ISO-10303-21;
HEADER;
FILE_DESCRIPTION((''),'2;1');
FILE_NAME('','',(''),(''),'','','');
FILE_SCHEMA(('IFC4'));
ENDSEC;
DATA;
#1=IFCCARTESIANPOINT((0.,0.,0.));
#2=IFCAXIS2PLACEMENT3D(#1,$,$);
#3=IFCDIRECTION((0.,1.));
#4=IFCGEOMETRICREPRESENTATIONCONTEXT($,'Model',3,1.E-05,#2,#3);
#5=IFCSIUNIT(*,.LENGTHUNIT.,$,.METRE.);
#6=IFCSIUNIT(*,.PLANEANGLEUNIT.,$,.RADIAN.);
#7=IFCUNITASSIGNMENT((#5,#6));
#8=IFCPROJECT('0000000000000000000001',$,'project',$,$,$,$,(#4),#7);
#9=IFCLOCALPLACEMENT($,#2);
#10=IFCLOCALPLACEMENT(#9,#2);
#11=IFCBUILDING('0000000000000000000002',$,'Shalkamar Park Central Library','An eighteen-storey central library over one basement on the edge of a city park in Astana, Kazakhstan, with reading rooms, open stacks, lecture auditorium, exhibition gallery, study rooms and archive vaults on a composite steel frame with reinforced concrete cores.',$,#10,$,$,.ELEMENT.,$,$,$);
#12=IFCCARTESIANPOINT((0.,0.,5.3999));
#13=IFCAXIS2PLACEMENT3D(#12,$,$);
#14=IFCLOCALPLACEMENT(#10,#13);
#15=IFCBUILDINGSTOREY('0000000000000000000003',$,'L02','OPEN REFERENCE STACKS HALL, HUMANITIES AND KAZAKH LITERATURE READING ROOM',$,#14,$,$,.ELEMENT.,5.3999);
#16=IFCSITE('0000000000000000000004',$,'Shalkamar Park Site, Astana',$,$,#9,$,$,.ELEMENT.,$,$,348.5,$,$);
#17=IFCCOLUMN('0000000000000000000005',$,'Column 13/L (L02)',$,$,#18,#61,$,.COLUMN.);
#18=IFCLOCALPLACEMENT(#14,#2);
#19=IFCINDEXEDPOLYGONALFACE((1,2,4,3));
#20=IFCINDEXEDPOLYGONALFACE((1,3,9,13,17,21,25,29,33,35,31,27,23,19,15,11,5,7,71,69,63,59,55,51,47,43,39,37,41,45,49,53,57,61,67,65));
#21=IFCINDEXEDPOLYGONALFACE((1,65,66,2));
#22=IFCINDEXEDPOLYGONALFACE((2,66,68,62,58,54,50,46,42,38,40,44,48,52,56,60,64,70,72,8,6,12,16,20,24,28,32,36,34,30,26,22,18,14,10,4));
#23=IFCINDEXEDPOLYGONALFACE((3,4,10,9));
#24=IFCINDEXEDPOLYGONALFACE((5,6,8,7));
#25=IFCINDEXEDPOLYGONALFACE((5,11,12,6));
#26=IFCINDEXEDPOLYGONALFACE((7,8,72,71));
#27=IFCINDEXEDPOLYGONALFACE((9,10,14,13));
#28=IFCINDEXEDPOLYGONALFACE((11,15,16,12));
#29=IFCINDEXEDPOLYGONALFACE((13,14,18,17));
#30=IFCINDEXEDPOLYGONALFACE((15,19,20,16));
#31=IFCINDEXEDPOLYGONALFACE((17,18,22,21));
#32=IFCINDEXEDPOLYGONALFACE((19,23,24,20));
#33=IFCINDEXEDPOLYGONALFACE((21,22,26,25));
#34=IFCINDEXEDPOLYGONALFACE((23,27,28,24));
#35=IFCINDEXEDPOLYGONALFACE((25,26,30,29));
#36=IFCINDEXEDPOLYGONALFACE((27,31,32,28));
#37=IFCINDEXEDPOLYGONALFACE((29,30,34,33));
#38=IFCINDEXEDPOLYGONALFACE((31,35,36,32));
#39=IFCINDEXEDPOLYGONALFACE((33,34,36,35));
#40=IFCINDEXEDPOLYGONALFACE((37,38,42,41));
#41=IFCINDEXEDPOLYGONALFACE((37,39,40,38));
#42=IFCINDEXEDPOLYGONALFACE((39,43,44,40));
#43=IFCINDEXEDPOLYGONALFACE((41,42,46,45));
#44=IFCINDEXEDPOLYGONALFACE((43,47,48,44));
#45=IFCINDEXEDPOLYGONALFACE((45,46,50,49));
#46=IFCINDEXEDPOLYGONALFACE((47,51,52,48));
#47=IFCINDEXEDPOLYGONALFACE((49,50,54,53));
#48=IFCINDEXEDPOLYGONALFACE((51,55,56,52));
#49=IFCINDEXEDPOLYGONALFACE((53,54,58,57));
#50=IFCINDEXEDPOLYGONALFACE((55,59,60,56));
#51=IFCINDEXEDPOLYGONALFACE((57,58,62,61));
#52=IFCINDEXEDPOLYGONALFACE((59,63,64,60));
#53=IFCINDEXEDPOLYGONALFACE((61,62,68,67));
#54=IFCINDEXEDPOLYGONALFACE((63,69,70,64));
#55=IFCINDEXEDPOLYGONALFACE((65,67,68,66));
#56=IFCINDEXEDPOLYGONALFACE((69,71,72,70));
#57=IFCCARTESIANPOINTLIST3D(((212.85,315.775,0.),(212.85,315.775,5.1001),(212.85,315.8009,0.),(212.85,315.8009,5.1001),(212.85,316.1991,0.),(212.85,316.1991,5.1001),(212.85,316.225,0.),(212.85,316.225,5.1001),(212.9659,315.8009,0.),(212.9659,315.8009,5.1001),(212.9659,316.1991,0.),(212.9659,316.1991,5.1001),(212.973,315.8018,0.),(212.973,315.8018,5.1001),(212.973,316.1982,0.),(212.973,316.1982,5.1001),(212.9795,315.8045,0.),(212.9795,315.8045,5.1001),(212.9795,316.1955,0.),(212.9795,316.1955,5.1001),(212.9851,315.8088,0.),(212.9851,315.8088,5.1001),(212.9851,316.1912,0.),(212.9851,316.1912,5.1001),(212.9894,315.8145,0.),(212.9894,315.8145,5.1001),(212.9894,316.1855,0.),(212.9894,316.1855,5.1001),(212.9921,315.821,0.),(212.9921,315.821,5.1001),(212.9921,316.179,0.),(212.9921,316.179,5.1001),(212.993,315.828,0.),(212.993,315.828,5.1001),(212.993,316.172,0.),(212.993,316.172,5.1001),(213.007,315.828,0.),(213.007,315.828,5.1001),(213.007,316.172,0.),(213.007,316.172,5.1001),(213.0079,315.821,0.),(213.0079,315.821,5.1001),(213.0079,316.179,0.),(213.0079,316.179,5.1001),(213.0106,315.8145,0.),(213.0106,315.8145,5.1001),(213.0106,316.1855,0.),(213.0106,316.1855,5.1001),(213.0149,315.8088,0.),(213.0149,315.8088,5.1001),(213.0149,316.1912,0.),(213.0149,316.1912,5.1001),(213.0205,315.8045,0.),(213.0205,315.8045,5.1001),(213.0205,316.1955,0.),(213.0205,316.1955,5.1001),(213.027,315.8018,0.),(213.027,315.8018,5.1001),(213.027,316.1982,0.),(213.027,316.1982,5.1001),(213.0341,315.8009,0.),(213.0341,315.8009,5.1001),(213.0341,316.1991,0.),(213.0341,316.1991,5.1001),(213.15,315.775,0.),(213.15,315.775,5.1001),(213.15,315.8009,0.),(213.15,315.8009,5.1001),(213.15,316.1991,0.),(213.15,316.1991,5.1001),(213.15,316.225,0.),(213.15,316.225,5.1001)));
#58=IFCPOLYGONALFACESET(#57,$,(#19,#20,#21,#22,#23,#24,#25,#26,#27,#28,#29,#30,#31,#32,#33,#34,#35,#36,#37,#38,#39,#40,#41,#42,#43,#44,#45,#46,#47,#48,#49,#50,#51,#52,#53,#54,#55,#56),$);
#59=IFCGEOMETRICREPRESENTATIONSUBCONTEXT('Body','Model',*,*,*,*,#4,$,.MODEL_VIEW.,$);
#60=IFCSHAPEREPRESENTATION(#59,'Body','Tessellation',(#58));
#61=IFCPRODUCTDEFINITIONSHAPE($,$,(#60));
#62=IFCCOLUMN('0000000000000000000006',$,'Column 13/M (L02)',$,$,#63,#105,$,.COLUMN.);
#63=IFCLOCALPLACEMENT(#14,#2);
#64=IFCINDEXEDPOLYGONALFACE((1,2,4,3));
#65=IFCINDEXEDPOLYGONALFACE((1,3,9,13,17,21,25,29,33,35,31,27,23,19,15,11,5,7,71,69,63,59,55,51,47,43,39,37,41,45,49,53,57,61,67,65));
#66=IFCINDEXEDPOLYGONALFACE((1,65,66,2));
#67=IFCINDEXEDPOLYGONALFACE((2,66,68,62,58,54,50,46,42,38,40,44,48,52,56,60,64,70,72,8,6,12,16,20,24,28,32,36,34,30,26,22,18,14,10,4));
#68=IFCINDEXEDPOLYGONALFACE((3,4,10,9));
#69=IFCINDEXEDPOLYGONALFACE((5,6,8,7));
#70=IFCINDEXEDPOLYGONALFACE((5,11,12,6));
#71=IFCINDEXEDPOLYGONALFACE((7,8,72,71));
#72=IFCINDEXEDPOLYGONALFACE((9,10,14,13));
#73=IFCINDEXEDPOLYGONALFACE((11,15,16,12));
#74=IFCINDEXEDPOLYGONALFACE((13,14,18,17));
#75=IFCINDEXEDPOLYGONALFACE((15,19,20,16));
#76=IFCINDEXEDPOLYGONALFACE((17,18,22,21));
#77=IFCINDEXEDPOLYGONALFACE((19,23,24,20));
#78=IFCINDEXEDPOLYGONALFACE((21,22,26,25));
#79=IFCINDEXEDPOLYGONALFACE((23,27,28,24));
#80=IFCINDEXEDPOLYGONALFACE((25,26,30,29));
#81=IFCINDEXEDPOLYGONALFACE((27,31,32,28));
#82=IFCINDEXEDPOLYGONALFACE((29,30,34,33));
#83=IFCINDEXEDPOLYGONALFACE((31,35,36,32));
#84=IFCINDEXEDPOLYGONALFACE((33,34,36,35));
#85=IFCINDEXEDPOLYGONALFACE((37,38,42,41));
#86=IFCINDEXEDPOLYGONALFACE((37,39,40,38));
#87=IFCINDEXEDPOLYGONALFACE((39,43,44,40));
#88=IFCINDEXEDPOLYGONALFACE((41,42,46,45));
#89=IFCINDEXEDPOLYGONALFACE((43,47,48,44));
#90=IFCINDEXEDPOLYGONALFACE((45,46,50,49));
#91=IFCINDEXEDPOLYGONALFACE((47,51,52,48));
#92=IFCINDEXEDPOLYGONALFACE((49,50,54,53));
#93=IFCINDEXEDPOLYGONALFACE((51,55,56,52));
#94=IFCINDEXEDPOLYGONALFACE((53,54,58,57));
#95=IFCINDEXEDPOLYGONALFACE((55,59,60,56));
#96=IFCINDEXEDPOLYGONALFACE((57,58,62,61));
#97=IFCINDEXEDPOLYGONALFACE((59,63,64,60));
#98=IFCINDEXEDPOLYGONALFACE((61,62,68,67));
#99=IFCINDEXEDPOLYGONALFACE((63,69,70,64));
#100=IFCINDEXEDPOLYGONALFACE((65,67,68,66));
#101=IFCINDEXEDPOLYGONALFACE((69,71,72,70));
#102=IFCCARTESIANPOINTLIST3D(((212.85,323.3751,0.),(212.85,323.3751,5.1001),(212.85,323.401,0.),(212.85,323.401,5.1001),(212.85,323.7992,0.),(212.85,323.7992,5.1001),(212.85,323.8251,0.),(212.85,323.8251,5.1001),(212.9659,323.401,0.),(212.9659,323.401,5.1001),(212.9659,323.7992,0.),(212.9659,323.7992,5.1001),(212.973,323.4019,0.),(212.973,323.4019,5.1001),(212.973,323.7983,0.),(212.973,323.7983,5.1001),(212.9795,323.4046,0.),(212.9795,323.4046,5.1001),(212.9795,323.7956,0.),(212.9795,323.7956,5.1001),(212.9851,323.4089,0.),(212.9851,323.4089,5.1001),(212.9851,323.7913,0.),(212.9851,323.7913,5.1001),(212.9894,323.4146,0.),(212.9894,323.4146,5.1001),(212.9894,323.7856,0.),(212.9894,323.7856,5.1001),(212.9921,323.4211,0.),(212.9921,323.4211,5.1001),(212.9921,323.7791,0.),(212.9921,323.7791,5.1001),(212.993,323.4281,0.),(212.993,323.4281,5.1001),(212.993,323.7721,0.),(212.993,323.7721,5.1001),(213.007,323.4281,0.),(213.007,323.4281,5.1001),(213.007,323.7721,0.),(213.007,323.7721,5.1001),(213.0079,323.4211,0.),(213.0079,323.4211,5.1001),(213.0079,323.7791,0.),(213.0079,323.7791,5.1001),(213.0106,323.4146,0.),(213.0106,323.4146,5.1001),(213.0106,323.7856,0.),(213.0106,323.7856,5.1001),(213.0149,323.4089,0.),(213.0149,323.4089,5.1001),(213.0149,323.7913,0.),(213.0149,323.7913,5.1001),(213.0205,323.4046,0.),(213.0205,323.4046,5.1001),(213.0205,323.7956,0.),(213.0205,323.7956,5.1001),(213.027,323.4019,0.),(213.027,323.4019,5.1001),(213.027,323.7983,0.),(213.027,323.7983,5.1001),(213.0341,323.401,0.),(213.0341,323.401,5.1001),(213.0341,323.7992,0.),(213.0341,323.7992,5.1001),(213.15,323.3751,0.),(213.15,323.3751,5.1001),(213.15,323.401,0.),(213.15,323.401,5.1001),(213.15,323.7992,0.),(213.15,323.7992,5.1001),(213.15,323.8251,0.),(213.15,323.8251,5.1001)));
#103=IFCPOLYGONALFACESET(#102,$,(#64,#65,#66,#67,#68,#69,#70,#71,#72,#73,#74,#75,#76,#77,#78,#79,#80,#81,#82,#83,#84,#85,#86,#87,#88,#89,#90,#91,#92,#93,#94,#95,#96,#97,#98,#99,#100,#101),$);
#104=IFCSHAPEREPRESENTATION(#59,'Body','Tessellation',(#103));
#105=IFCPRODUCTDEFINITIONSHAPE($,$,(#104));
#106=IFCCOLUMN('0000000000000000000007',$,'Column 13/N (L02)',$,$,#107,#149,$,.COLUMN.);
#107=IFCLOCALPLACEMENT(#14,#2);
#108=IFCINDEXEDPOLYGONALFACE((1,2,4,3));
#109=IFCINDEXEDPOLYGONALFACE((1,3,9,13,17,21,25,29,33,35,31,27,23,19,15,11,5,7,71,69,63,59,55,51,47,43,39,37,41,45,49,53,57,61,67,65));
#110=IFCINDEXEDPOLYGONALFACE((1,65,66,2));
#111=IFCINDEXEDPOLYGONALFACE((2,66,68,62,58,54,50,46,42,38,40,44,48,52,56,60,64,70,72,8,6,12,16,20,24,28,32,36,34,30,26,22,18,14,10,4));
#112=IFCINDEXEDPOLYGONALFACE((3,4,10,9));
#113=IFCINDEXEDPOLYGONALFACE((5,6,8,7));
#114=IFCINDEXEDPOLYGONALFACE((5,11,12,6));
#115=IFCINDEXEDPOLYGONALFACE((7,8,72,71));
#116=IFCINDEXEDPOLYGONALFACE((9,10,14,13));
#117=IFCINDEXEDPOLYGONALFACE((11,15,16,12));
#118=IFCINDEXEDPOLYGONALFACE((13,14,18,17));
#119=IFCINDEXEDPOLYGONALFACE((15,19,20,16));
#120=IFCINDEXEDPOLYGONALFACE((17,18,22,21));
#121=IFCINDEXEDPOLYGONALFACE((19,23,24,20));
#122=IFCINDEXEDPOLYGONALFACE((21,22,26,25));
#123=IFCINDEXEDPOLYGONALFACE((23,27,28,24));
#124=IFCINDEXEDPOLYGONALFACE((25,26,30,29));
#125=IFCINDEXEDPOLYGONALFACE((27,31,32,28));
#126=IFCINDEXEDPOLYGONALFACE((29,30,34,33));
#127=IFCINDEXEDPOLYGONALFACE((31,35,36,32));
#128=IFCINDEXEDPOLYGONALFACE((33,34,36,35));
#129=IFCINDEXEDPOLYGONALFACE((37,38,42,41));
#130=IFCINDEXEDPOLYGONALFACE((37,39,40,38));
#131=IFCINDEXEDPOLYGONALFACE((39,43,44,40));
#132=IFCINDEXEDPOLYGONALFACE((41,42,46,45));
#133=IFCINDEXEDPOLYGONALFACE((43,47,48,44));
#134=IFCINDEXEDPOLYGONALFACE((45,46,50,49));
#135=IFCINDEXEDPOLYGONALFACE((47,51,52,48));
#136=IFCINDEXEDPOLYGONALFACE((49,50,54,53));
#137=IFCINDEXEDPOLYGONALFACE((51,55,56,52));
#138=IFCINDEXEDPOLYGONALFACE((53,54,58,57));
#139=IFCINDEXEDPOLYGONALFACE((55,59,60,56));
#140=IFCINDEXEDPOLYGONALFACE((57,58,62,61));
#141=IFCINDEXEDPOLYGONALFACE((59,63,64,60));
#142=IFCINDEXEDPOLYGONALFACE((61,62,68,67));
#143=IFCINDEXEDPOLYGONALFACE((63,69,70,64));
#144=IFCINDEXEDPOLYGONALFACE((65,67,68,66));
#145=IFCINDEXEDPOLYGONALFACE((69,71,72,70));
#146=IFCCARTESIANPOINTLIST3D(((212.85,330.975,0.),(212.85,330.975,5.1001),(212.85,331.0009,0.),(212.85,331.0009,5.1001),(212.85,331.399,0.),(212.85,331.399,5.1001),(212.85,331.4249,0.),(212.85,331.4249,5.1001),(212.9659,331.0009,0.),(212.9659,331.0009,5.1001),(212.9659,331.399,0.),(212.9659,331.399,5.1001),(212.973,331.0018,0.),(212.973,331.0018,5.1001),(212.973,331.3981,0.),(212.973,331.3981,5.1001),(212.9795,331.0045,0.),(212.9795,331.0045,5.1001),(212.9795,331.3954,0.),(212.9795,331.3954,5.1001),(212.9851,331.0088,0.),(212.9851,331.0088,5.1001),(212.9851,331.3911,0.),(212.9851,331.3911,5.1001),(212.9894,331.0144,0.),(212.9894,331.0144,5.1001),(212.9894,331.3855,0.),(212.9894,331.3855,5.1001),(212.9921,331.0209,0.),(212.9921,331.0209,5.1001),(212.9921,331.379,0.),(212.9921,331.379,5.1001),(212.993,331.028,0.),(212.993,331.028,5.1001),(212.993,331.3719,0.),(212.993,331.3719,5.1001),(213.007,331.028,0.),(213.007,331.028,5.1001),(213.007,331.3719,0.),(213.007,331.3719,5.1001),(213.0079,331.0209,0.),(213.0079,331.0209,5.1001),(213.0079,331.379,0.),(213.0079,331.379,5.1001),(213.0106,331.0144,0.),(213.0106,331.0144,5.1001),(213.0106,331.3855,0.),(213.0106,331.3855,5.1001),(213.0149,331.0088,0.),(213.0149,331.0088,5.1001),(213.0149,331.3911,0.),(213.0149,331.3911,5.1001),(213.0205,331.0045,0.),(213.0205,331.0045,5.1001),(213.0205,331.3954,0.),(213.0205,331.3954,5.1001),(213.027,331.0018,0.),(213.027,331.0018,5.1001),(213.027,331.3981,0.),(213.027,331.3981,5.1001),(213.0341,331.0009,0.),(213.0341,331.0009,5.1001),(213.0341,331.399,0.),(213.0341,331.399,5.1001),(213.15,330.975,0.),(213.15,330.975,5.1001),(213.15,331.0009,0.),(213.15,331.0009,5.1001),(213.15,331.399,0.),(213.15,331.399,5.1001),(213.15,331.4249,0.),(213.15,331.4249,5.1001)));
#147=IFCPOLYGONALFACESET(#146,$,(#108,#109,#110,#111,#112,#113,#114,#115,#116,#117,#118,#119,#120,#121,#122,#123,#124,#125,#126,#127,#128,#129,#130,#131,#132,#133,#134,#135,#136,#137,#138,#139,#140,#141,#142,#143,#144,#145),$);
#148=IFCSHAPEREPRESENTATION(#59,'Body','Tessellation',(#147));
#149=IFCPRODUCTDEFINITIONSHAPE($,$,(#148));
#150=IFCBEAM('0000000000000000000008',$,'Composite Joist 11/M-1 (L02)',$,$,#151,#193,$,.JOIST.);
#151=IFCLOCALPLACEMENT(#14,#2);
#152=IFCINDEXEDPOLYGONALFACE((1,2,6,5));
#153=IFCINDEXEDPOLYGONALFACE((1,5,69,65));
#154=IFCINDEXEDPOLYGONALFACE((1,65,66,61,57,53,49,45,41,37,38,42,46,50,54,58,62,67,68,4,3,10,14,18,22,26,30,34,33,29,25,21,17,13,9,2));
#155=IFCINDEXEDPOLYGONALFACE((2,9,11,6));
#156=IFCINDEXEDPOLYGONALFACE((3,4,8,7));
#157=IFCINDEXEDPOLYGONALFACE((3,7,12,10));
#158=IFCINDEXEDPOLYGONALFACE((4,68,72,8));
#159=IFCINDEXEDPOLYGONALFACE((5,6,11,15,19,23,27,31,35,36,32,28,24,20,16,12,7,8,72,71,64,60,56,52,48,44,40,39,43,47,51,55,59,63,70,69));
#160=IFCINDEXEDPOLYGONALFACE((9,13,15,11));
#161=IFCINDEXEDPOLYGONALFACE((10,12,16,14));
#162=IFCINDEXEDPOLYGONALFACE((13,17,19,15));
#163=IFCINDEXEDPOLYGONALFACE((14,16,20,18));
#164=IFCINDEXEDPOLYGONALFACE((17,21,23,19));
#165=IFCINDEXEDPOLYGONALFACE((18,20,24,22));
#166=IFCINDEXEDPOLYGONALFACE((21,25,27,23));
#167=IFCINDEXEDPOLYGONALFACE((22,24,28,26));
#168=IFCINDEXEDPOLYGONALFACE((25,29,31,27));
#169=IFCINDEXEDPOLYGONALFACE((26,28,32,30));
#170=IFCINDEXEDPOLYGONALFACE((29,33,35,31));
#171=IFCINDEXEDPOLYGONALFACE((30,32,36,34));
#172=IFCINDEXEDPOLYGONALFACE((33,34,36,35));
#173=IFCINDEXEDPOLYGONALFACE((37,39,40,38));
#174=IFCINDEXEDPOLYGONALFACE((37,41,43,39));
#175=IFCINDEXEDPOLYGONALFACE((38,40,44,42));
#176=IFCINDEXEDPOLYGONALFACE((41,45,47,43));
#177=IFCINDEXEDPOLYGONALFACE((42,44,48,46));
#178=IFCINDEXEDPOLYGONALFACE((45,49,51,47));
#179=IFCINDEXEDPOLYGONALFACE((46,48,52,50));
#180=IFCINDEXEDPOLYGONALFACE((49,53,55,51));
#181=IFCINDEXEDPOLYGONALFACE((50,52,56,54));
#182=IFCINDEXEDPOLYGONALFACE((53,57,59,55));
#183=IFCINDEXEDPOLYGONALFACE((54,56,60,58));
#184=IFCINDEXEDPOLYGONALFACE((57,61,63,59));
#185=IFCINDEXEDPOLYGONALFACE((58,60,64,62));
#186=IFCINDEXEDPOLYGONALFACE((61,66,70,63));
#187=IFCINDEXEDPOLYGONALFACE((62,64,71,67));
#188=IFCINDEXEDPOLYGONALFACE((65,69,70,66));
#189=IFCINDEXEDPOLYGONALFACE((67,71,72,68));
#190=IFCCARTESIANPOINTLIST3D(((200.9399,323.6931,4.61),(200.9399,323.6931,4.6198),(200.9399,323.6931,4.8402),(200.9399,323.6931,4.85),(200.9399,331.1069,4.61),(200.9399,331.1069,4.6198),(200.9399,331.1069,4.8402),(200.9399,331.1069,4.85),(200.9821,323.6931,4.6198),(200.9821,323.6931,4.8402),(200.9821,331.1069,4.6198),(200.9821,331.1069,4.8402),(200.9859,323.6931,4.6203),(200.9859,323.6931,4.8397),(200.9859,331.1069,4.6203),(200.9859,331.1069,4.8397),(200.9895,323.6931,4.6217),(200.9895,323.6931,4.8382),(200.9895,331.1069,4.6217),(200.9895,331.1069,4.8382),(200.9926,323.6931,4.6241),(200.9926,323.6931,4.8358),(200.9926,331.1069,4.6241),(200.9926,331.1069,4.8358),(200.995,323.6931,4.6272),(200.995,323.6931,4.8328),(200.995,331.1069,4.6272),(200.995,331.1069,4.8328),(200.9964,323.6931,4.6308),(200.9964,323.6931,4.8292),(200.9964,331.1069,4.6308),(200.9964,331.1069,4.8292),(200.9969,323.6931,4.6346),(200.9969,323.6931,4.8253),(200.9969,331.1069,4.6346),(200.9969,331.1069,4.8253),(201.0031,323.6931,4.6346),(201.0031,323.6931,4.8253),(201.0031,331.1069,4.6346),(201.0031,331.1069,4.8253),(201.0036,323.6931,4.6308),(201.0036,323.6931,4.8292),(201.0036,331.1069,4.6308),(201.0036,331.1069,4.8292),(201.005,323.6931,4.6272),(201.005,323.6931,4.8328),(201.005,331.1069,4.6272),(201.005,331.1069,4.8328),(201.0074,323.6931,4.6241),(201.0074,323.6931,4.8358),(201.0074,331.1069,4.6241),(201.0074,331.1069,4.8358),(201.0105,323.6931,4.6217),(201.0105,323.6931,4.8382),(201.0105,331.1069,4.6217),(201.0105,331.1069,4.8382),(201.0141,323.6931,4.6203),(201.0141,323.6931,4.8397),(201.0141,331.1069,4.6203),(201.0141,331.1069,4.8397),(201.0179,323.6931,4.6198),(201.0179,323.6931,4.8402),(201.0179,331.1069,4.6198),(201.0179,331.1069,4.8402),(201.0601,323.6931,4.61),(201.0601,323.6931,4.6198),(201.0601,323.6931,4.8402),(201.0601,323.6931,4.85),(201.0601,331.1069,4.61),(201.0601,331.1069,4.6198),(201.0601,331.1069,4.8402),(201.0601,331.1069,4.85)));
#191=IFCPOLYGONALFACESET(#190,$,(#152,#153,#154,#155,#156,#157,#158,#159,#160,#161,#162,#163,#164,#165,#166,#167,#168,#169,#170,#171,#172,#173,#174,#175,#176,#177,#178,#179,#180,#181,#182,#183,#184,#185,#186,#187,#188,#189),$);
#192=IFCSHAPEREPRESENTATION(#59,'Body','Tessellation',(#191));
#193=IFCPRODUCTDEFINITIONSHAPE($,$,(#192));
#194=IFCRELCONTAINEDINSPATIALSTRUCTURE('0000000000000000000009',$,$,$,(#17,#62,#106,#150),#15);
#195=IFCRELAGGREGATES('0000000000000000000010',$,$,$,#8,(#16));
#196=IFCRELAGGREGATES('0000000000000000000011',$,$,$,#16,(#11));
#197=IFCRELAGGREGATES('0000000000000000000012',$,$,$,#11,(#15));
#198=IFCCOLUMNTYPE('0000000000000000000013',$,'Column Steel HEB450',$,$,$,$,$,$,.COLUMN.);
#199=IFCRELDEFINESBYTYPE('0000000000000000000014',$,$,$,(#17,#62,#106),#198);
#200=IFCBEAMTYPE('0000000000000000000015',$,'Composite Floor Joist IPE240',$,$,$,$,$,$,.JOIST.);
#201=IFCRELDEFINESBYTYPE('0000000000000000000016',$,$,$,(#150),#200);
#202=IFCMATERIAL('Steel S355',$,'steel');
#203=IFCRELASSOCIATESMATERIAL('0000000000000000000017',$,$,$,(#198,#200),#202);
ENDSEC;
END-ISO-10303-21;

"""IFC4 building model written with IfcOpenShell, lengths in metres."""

from ifc_helpers import new_model, si_unit, direction, frame, origin, origin_2d, place, context, subcontext, project, spatial, i_section, extrude, material, material_profile, profile_set, type_object, element, save


model = new_model("IFC4")

# Units and contexts
model_context = context("Model", 3, precision=1e-05, world=origin(), true_north=direction((0.0, 1.0)))
body_context = subcontext(model_context, "Body", "Model", "MODEL_VIEW")
ifc_project = project(units=[si_unit("LENGTHUNIT", "METRE"), si_unit("PLANEANGLEUNIT", "RADIAN")], contexts=[model_context])

# Site, building, storey
site_placement = place(None, origin())
site = spatial("IfcSite", under=ifc_project, at=site_placement, Name="Shalkamar Park Site, Astana", CompositionType="ELEMENT", RefElevation=348.5)
building_placement = place(site_placement, origin())
building = spatial("IfcBuilding", under=site, at=building_placement, Name="Shalkamar Park Central Library", Description="An eighteen-storey central library over one basement on the edge of a city park in Astana, Kazakhstan, with reading rooms, open stacks, lecture auditorium, exhibition gallery, study rooms and archive vaults on a composite steel frame with reinforced concrete cores.", CompositionType="ELEMENT")
storey_placement = place(building_placement, frame((0.0, 0.0, 5.3999)))
storey = spatial("IfcBuildingStorey", under=building, at=storey_placement, Name="L02", Description="OPEN REFERENCE STACKS HALL, HUMANITIES AND KAZAKH LITERATURE READING ROOM", CompositionType="ELEMENT", Elevation=5.3999)

# Columns
ifc_material = material(Name="Steel S355", Category="steel")
ifc_material_profile_1 = material_profile(ifc_material, i_section(OverallWidth=0.3, OverallDepth=0.45, WebThickness=0.0139, FlangeThickness=0.0259, FilletRadius=0.0271, at=origin_2d()), Name="HEB 450")
ifc_profile_set_1 = profile_set([ifc_material_profile_1], Name="Steel S355")
column_type_1 = type_object("IfcColumnType", Name="Column Steel HEB450", PredefinedType="COLUMN", material=ifc_profile_set_1)
for number, where, z_axis, x_axis, name in (
    (1, (213.0, 316.0, 0.0), (0.0, 0.0, 1.0), (1.0, 0.0, 0.0), "Column 13/L (L02)"),
    (2, (213.0, 323.6001, 0.0), (0.0, 0.0, 1.0), (1.0, 0.0, 0.0), "Column 13/M (L02)"),
    (3, (213.0, 331.2, 0.0), (0.0, 0.0, 1.0), (1.0, 0.0, 0.0), "Column 13/N (L02)"),
):
    element("IfcColumn", number, at=place(storey_placement, frame(where, z_axis=z_axis, x_axis=x_axis)), inside=storey, type_object=column_type_1, Name=name, PredefinedType="COLUMN", context=body_context, shape_type="SweptSolid", body=[
        extrude(i_section(OverallWidth=0.3, OverallDepth=0.45, WebThickness=0.0139, FlangeThickness=0.0259, FilletRadius=0.0271, at=origin_2d()), origin(), (0.0, 0.0, 1.0), 5.1001),
    ])

# Beam
ifc_material_profile_2 = material_profile(ifc_material, i_section(OverallWidth=0.1201, OverallDepth=0.24, WebThickness=0.0061, FlangeThickness=0.0098, FilletRadius=0.0149, at=origin_2d()), Name="IPE 240")
ifc_profile_set_2 = profile_set([ifc_material_profile_2], Name="Steel S355")
beam_type_1 = type_object("IfcBeamType", Name="Composite Floor Joist IPE240", PredefinedType="JOIST", material=ifc_profile_set_2)
for number, where, z_axis, x_axis, name in (
    (4, (201.0, 323.6931, 4.73), (0.0, 1.0, 0.0), (-1.0, 0.0, 0.0), "Composite Joist 11/M-1 (L02)"),
):
    element("IfcBeam", number, at=place(storey_placement, frame(where, z_axis=z_axis, x_axis=x_axis)), inside=storey, type_object=beam_type_1, Name=name, PredefinedType="JOIST", context=body_context, shape_type="SweptSolid", body=[
        extrude(i_section(OverallWidth=0.1201, OverallDepth=0.24, WebThickness=0.0061, FlangeThickness=0.0098, FilletRadius=0.0149, at=origin_2d()), origin(), (0.0, 0.0, 1.0), 7.4138),
    ])

save(model, "model.ifc")
